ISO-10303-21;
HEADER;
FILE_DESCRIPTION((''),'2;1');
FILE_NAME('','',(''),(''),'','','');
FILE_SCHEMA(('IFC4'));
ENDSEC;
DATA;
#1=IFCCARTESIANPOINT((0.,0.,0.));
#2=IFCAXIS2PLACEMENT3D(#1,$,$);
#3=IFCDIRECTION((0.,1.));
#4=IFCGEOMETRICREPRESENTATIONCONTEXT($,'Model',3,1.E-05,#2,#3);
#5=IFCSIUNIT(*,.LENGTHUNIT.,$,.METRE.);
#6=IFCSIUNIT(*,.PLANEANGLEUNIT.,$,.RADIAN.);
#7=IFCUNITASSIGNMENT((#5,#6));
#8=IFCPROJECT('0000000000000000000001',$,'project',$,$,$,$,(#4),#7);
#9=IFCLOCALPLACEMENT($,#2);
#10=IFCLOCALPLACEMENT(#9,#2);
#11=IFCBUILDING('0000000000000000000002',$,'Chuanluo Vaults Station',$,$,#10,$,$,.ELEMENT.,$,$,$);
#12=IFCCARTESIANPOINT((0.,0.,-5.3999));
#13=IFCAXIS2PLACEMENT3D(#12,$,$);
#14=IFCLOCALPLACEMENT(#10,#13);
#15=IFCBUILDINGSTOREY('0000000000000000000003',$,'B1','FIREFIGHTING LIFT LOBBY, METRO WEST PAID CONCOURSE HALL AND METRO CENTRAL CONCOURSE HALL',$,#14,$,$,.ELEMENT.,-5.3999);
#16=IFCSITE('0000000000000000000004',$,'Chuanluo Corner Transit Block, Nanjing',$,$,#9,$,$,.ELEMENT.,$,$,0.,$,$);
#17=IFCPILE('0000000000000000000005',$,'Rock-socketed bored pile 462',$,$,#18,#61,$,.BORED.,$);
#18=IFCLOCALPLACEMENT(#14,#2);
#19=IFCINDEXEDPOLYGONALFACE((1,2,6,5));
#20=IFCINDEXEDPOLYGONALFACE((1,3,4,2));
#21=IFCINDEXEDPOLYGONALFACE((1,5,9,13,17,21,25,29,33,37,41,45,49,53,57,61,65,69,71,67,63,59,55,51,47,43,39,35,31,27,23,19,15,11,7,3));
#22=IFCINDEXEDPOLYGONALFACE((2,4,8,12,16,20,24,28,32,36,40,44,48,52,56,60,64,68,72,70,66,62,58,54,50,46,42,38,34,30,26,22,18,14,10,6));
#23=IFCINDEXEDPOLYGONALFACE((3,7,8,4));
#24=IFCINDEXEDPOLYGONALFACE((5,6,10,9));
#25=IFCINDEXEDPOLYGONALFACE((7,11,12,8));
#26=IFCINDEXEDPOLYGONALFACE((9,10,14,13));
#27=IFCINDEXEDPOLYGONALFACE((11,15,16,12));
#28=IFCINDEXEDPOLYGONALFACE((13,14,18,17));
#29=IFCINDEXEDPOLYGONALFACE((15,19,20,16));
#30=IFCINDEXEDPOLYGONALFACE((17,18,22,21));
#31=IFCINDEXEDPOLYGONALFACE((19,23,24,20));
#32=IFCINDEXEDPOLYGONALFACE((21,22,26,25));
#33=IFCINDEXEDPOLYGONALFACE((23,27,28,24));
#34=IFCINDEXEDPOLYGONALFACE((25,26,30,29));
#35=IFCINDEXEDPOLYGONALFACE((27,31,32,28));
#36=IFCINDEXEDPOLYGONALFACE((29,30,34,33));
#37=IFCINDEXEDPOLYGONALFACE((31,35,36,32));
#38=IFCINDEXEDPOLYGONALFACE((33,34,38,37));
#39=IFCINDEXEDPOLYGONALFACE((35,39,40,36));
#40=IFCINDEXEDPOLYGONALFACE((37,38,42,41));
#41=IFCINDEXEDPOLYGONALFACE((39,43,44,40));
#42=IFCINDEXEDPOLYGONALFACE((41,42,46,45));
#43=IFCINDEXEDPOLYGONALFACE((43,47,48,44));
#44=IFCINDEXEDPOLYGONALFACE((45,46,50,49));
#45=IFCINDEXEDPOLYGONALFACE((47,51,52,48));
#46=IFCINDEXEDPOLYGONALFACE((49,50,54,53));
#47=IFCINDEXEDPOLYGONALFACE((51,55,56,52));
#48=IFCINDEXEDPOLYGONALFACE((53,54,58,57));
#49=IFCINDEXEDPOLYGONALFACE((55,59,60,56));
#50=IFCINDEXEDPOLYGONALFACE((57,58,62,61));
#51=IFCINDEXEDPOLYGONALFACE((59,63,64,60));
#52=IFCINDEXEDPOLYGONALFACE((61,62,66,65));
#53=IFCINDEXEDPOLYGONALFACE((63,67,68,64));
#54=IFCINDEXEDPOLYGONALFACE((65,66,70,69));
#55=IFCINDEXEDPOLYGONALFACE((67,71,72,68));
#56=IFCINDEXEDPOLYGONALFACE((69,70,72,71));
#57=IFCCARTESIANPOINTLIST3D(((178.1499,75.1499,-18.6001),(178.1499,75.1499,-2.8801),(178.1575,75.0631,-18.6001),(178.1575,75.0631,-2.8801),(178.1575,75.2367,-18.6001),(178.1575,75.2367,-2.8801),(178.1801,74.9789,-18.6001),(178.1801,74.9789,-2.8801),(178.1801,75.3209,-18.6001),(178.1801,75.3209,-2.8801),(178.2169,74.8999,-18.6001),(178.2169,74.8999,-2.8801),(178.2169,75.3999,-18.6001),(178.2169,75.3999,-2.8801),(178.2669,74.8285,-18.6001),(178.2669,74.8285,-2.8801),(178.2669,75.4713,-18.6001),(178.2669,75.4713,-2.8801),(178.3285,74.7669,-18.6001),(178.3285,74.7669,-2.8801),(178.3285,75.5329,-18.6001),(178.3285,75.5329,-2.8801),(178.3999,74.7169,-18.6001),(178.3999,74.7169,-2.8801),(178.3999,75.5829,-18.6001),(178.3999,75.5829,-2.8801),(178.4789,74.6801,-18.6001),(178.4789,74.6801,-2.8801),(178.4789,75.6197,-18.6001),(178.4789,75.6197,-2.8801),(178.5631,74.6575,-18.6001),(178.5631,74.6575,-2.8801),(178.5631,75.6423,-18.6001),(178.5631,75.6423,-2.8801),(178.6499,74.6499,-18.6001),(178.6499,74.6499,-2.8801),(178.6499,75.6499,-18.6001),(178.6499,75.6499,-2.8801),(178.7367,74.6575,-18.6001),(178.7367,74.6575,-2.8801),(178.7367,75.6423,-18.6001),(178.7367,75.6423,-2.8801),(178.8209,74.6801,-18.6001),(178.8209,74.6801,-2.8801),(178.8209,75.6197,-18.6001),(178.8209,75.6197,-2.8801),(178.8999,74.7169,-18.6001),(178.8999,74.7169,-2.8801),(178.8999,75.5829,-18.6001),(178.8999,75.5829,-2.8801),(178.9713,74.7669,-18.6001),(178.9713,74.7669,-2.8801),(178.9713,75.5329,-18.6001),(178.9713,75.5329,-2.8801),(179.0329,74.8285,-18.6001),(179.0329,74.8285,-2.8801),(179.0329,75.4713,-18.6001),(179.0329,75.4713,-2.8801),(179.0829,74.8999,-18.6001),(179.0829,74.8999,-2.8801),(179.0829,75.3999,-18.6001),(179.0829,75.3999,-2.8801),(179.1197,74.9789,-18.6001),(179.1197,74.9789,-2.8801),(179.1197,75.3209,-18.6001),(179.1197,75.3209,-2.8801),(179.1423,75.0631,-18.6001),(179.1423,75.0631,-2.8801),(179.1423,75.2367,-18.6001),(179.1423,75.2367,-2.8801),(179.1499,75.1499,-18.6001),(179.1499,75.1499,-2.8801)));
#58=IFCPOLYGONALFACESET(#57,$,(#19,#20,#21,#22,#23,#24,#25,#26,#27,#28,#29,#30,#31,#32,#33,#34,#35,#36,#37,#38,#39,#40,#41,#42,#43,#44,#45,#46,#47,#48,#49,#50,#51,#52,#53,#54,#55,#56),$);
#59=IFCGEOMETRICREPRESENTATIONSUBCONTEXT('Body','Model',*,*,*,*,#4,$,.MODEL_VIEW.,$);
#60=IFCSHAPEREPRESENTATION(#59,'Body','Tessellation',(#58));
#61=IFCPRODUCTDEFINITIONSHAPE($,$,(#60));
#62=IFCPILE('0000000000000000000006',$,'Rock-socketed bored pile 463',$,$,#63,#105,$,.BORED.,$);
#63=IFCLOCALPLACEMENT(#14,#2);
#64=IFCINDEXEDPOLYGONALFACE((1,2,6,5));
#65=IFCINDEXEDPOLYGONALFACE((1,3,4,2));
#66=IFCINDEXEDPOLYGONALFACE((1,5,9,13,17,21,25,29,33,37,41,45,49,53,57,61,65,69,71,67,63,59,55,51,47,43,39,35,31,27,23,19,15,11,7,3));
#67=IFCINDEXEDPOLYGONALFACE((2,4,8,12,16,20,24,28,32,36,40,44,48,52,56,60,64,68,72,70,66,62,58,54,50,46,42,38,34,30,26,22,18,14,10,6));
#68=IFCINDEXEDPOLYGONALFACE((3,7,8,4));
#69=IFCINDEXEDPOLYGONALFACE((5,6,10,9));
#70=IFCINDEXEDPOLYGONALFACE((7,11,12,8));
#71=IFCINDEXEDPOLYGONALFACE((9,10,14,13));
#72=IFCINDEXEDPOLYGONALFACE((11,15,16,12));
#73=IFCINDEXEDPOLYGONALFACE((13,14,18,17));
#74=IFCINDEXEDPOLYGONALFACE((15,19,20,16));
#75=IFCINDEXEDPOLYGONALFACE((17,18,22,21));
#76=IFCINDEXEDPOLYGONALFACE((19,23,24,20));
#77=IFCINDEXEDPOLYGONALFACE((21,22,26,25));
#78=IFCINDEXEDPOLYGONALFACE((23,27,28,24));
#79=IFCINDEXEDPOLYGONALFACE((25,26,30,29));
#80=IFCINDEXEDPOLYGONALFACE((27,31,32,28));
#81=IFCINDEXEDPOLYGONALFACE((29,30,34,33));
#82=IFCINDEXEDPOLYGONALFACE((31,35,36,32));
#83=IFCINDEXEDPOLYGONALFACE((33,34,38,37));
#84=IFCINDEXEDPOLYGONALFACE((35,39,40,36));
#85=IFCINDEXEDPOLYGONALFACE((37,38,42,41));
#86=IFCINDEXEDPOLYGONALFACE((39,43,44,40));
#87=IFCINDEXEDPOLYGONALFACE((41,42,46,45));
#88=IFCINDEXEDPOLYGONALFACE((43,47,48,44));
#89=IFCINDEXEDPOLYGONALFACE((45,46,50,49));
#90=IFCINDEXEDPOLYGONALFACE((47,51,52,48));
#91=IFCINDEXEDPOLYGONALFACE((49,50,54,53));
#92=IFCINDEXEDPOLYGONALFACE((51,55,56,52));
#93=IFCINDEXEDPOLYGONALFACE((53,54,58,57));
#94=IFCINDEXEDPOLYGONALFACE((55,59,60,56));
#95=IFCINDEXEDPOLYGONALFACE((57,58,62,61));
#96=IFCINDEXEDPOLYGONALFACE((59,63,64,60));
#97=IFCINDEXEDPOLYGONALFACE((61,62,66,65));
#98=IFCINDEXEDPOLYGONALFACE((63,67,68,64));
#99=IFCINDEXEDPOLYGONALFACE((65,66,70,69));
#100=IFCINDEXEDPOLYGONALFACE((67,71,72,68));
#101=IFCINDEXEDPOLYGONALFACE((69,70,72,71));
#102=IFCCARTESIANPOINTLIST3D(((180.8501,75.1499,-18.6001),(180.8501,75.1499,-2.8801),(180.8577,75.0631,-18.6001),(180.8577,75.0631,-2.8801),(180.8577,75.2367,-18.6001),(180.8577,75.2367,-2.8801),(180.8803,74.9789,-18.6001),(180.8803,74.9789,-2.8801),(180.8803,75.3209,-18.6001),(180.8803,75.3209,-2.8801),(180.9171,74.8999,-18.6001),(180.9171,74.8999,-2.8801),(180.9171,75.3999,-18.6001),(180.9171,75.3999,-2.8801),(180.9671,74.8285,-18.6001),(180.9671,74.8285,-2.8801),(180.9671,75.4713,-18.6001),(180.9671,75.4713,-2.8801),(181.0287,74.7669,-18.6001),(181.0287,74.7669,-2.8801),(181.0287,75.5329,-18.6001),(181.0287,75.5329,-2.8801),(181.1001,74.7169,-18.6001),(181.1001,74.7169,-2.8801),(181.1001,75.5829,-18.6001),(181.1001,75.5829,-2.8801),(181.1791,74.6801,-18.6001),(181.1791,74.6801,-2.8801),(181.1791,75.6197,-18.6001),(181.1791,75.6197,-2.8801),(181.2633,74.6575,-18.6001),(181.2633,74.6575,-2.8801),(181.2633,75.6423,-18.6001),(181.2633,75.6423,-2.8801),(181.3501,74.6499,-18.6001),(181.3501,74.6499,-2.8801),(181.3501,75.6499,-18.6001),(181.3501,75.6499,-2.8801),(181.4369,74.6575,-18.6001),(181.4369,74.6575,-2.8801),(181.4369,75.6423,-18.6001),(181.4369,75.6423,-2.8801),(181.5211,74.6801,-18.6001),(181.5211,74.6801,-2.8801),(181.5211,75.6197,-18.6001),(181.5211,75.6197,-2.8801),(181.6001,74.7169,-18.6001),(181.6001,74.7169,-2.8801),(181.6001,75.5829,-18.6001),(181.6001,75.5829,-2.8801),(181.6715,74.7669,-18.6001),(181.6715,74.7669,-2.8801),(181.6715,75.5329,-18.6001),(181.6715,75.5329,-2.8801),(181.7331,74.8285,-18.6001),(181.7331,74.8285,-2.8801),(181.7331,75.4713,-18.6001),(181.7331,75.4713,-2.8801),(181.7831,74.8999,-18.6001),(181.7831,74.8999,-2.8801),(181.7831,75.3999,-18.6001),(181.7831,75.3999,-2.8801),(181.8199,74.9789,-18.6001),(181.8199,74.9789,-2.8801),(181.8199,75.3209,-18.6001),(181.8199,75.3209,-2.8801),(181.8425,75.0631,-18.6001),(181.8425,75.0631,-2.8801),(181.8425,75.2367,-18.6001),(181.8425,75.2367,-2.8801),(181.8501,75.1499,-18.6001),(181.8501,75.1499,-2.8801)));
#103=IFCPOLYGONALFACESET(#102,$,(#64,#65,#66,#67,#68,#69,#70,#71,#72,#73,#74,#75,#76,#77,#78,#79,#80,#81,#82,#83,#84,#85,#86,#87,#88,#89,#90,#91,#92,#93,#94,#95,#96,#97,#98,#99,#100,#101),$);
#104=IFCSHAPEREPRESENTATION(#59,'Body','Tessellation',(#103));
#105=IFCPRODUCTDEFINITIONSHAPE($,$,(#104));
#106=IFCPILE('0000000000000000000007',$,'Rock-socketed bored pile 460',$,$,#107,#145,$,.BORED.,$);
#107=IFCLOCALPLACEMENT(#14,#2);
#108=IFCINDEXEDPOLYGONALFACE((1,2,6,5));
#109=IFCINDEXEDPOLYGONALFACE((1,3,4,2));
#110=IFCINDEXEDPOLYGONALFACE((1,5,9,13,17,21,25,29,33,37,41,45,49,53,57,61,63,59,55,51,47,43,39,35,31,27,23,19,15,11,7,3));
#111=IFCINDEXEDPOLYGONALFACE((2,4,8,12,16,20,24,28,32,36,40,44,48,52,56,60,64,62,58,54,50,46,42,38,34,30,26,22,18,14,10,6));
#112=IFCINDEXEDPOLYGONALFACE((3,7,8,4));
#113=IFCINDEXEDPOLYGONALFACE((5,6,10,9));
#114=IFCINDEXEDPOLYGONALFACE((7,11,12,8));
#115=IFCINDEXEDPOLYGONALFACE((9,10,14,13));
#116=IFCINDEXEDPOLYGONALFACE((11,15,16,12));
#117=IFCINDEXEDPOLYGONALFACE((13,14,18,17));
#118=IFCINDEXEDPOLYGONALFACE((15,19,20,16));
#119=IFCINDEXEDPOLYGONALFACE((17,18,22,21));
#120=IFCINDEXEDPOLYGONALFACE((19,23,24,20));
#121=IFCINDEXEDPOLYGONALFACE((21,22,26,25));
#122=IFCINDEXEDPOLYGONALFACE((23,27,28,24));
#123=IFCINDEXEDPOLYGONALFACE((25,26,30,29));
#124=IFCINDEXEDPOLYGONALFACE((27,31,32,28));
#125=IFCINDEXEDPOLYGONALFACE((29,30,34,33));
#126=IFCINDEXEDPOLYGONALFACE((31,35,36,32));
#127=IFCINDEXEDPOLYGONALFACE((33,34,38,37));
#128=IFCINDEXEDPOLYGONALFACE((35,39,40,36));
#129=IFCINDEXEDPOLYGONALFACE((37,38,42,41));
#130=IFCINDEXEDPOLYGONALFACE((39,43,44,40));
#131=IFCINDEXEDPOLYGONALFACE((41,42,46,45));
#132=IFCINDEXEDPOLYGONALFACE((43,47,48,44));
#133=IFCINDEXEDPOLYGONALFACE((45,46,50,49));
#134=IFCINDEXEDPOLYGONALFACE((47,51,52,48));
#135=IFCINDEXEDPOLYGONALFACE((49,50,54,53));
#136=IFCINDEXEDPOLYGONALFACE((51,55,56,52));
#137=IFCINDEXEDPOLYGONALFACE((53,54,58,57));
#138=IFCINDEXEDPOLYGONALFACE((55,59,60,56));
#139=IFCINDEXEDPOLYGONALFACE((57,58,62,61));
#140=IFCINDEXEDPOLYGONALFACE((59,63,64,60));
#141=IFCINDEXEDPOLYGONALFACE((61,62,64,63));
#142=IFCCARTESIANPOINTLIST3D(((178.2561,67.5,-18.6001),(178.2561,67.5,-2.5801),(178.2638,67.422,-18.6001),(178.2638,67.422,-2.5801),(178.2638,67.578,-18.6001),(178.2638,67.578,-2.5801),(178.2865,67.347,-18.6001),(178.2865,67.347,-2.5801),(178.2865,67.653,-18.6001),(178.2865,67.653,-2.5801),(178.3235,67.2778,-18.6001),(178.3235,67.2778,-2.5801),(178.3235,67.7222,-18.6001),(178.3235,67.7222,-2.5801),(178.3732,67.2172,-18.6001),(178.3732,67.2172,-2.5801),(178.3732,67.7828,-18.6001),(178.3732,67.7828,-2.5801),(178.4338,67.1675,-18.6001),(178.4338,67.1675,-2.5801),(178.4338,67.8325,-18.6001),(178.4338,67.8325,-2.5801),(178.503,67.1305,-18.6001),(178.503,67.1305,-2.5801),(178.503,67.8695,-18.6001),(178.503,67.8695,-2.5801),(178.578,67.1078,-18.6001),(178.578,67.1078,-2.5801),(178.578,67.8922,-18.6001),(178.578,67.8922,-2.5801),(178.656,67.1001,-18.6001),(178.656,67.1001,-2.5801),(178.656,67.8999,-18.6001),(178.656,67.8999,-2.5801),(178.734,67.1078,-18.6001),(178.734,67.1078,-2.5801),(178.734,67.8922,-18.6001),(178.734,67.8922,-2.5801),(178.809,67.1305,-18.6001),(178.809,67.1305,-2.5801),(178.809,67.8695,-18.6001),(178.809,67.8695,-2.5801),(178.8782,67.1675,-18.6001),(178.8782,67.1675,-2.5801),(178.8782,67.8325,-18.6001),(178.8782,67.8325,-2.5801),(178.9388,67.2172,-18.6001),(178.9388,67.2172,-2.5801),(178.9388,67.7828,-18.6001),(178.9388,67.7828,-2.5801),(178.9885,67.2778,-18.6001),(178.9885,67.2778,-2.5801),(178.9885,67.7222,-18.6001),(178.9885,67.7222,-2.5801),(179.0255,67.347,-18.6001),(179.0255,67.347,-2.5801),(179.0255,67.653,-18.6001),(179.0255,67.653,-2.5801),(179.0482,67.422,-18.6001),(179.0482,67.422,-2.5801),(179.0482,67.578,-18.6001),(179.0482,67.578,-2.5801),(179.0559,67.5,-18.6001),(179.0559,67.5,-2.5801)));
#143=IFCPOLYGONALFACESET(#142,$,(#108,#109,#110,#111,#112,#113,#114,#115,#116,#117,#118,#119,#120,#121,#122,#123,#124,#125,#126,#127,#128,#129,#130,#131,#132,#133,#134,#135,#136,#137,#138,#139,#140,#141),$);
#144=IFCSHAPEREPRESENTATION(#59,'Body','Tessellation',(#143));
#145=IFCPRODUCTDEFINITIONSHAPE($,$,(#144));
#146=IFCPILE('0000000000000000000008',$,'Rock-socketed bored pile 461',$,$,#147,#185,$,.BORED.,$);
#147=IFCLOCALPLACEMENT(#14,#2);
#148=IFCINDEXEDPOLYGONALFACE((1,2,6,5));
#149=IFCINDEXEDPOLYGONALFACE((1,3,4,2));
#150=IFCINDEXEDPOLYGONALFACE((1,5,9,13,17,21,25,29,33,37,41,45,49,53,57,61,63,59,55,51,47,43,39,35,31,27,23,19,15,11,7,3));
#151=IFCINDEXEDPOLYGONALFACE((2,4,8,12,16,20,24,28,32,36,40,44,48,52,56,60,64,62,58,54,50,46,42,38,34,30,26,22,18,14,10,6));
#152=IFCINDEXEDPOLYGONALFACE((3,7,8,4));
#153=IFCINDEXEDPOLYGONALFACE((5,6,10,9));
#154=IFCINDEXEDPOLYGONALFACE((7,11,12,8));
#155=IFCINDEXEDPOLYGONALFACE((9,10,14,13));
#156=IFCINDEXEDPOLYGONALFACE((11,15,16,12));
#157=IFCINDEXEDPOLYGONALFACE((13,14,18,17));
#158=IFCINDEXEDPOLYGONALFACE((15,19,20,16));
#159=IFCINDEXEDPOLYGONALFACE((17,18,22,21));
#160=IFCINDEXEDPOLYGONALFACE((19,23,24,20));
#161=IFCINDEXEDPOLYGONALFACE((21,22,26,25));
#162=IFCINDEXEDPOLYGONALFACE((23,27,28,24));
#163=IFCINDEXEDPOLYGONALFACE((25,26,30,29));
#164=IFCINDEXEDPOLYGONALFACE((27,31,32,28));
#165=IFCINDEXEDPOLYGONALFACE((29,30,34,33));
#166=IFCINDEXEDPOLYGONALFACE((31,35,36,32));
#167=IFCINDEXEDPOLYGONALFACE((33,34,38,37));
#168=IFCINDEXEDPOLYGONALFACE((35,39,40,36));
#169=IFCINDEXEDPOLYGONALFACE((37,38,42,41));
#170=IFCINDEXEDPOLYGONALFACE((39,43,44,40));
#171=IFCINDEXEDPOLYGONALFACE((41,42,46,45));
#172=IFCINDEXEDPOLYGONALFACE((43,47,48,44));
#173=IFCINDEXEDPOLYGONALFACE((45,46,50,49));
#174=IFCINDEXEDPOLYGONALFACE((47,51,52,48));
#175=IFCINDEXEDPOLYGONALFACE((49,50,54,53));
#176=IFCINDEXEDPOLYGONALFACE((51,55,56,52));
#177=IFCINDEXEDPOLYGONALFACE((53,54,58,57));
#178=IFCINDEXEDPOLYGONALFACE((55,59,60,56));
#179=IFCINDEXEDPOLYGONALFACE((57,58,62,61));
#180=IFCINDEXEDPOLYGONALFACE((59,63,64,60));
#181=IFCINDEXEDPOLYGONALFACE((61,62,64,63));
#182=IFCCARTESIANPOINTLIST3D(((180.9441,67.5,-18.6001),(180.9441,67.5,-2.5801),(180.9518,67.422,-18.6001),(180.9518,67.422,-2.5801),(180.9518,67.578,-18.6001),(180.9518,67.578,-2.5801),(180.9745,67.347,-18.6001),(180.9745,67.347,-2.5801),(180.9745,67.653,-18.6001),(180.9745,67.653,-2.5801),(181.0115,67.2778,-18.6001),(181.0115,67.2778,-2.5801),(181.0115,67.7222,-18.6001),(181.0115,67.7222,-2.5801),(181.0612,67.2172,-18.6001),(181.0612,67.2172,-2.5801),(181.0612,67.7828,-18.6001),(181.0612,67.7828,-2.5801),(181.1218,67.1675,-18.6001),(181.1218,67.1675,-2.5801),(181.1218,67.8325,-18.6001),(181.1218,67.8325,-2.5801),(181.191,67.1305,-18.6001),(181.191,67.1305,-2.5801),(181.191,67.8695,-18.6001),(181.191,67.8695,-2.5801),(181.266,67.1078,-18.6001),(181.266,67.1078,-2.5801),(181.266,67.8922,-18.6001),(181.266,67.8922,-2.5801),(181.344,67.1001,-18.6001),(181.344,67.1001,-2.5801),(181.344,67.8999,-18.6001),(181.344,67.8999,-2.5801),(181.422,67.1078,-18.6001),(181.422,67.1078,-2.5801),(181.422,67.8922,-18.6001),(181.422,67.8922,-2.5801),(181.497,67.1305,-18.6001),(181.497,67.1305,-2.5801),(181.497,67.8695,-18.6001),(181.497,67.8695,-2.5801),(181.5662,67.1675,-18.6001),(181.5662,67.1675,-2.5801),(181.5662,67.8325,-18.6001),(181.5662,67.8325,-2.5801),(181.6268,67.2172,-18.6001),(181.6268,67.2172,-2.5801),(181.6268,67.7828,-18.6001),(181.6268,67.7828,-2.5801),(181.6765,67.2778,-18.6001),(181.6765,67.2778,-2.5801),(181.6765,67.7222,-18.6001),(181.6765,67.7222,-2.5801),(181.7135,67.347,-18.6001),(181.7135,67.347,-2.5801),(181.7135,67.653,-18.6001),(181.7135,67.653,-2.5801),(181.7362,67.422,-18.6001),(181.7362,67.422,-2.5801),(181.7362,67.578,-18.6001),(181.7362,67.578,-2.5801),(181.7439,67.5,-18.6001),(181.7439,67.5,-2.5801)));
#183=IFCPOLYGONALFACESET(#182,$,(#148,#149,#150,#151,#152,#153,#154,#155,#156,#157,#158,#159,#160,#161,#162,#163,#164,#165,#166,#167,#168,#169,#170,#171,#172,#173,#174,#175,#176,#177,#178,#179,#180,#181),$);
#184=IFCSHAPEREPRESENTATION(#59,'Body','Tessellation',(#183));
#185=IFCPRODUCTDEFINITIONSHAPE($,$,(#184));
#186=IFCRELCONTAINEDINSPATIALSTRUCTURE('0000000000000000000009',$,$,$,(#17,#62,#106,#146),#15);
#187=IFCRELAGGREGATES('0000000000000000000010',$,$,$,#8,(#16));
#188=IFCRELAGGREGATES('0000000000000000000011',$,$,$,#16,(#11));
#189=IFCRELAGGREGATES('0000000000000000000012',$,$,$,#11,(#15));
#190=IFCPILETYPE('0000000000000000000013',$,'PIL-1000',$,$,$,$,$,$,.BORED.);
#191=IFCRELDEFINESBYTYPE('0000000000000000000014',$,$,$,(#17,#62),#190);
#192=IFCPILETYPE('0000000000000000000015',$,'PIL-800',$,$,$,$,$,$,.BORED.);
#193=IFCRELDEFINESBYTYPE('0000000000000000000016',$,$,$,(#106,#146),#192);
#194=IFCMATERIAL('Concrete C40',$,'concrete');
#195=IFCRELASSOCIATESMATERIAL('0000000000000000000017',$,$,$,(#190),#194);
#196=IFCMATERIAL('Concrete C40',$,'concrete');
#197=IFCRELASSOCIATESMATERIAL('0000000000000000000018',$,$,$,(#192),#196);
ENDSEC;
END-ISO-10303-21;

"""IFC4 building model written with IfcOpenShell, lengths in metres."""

from ifc_helpers import new_model, si_unit, direction, frame, origin, origin_2d, place, context, subcontext, project, spatial, circle, extrude, material, material_profile, profile_set, type_object, element, save


model = new_model("IFC4")

# Units and contexts
model_context = context("Model", 3, precision=1e-05, world=origin(), true_north=direction((0.0, 1.0)))
body_context = subcontext(model_context, "Body", "Model", "MODEL_VIEW")
ifc_project = project(units=[si_unit("LENGTHUNIT", "METRE"), si_unit("PLANEANGLEUNIT", "RADIAN")], contexts=[model_context])

# Site, building, storey
site_placement = place(None, origin())
site = spatial("IfcSite", under=ifc_project, at=site_placement, Name="Chuanluo Corner Transit Block, Nanjing", CompositionType="ELEMENT", RefElevation=0.0)
building_placement = place(site_placement, origin())
building = spatial("IfcBuilding", under=site, at=building_placement, Name="Chuanluo Vaults Station", CompositionType="ELEMENT")
storey_placement = place(building_placement, frame((0.0, 0.0, -5.3999)))
storey = spatial("IfcBuildingStorey", under=building, at=storey_placement, Name="B1", Description="FIREFIGHTING LIFT LOBBY, METRO WEST PAID CONCOURSE HALL AND METRO CENTRAL CONCOURSE HALL", CompositionType="ELEMENT", Elevation=-5.3999)

# Piles
ifc_material_1 = material(Name="Concrete C40", Category="concrete")
ifc_material_profile_1 = material_profile(ifc_material_1, circle(Radius=0.5, at=origin_2d()))
ifc_profile_set_1 = profile_set([ifc_material_profile_1], Name="Concrete C40")
pile_type_1 = type_object("IfcPileType", Name="PIL-1000", PredefinedType="BORED", material=ifc_profile_set_1)
for number, where, z_axis, x_axis, name in (
    (1, (178.6499, 75.1499, -2.8801), (0.0, 0.0, -1.0), (1.0, 0.0, 0.0), "Rock-socketed bored pile 462"),
    (2, (181.3501, 75.1499, -2.8801), (0.0, 0.0, -1.0), (1.0, 0.0, 0.0), "Rock-socketed bored pile 463"),
):
    element("IfcPile", number, at=place(storey_placement, frame(where, z_axis=z_axis, x_axis=x_axis)), inside=storey, type_object=pile_type_1, Name=name, PredefinedType="BORED", context=body_context, shape_type="SweptSolid", body=[
        extrude(circle(Radius=0.5, at=origin_2d()), origin(), (0.0, 0.0, 1.0), 15.72),
    ])
ifc_material_2 = material(Name="Concrete C40", Category="concrete")
ifc_material_profile_2 = material_profile(ifc_material_2, circle(Radius=0.3999, at=origin_2d()))
ifc_profile_set_2 = profile_set([ifc_material_profile_2], Name="Concrete C40")
pile_type_2 = type_object("IfcPileType", Name="PIL-800", PredefinedType="BORED", material=ifc_profile_set_2)
for number, where, z_axis, x_axis, name in (
    (3, (178.656, 67.5, -2.5801), (0.0, 0.0, -1.0), (1.0, 0.0, 0.0), "Rock-socketed bored pile 460"),
    (4, (181.344, 67.5, -2.5801), (0.0, 0.0, -1.0), (1.0, 0.0, 0.0), "Rock-socketed bored pile 461"),
):
    element("IfcPile", number, at=place(storey_placement, frame(where, z_axis=z_axis, x_axis=x_axis)), inside=storey, type_object=pile_type_2, Name=name, PredefinedType="BORED", context=body_context, shape_type="SweptSolid", body=[
        extrude(circle(Radius=0.3999, at=origin_2d()), origin(), (0.0, 0.0, 1.0), 16.02),
    ])

save(model, "model.ifc")
